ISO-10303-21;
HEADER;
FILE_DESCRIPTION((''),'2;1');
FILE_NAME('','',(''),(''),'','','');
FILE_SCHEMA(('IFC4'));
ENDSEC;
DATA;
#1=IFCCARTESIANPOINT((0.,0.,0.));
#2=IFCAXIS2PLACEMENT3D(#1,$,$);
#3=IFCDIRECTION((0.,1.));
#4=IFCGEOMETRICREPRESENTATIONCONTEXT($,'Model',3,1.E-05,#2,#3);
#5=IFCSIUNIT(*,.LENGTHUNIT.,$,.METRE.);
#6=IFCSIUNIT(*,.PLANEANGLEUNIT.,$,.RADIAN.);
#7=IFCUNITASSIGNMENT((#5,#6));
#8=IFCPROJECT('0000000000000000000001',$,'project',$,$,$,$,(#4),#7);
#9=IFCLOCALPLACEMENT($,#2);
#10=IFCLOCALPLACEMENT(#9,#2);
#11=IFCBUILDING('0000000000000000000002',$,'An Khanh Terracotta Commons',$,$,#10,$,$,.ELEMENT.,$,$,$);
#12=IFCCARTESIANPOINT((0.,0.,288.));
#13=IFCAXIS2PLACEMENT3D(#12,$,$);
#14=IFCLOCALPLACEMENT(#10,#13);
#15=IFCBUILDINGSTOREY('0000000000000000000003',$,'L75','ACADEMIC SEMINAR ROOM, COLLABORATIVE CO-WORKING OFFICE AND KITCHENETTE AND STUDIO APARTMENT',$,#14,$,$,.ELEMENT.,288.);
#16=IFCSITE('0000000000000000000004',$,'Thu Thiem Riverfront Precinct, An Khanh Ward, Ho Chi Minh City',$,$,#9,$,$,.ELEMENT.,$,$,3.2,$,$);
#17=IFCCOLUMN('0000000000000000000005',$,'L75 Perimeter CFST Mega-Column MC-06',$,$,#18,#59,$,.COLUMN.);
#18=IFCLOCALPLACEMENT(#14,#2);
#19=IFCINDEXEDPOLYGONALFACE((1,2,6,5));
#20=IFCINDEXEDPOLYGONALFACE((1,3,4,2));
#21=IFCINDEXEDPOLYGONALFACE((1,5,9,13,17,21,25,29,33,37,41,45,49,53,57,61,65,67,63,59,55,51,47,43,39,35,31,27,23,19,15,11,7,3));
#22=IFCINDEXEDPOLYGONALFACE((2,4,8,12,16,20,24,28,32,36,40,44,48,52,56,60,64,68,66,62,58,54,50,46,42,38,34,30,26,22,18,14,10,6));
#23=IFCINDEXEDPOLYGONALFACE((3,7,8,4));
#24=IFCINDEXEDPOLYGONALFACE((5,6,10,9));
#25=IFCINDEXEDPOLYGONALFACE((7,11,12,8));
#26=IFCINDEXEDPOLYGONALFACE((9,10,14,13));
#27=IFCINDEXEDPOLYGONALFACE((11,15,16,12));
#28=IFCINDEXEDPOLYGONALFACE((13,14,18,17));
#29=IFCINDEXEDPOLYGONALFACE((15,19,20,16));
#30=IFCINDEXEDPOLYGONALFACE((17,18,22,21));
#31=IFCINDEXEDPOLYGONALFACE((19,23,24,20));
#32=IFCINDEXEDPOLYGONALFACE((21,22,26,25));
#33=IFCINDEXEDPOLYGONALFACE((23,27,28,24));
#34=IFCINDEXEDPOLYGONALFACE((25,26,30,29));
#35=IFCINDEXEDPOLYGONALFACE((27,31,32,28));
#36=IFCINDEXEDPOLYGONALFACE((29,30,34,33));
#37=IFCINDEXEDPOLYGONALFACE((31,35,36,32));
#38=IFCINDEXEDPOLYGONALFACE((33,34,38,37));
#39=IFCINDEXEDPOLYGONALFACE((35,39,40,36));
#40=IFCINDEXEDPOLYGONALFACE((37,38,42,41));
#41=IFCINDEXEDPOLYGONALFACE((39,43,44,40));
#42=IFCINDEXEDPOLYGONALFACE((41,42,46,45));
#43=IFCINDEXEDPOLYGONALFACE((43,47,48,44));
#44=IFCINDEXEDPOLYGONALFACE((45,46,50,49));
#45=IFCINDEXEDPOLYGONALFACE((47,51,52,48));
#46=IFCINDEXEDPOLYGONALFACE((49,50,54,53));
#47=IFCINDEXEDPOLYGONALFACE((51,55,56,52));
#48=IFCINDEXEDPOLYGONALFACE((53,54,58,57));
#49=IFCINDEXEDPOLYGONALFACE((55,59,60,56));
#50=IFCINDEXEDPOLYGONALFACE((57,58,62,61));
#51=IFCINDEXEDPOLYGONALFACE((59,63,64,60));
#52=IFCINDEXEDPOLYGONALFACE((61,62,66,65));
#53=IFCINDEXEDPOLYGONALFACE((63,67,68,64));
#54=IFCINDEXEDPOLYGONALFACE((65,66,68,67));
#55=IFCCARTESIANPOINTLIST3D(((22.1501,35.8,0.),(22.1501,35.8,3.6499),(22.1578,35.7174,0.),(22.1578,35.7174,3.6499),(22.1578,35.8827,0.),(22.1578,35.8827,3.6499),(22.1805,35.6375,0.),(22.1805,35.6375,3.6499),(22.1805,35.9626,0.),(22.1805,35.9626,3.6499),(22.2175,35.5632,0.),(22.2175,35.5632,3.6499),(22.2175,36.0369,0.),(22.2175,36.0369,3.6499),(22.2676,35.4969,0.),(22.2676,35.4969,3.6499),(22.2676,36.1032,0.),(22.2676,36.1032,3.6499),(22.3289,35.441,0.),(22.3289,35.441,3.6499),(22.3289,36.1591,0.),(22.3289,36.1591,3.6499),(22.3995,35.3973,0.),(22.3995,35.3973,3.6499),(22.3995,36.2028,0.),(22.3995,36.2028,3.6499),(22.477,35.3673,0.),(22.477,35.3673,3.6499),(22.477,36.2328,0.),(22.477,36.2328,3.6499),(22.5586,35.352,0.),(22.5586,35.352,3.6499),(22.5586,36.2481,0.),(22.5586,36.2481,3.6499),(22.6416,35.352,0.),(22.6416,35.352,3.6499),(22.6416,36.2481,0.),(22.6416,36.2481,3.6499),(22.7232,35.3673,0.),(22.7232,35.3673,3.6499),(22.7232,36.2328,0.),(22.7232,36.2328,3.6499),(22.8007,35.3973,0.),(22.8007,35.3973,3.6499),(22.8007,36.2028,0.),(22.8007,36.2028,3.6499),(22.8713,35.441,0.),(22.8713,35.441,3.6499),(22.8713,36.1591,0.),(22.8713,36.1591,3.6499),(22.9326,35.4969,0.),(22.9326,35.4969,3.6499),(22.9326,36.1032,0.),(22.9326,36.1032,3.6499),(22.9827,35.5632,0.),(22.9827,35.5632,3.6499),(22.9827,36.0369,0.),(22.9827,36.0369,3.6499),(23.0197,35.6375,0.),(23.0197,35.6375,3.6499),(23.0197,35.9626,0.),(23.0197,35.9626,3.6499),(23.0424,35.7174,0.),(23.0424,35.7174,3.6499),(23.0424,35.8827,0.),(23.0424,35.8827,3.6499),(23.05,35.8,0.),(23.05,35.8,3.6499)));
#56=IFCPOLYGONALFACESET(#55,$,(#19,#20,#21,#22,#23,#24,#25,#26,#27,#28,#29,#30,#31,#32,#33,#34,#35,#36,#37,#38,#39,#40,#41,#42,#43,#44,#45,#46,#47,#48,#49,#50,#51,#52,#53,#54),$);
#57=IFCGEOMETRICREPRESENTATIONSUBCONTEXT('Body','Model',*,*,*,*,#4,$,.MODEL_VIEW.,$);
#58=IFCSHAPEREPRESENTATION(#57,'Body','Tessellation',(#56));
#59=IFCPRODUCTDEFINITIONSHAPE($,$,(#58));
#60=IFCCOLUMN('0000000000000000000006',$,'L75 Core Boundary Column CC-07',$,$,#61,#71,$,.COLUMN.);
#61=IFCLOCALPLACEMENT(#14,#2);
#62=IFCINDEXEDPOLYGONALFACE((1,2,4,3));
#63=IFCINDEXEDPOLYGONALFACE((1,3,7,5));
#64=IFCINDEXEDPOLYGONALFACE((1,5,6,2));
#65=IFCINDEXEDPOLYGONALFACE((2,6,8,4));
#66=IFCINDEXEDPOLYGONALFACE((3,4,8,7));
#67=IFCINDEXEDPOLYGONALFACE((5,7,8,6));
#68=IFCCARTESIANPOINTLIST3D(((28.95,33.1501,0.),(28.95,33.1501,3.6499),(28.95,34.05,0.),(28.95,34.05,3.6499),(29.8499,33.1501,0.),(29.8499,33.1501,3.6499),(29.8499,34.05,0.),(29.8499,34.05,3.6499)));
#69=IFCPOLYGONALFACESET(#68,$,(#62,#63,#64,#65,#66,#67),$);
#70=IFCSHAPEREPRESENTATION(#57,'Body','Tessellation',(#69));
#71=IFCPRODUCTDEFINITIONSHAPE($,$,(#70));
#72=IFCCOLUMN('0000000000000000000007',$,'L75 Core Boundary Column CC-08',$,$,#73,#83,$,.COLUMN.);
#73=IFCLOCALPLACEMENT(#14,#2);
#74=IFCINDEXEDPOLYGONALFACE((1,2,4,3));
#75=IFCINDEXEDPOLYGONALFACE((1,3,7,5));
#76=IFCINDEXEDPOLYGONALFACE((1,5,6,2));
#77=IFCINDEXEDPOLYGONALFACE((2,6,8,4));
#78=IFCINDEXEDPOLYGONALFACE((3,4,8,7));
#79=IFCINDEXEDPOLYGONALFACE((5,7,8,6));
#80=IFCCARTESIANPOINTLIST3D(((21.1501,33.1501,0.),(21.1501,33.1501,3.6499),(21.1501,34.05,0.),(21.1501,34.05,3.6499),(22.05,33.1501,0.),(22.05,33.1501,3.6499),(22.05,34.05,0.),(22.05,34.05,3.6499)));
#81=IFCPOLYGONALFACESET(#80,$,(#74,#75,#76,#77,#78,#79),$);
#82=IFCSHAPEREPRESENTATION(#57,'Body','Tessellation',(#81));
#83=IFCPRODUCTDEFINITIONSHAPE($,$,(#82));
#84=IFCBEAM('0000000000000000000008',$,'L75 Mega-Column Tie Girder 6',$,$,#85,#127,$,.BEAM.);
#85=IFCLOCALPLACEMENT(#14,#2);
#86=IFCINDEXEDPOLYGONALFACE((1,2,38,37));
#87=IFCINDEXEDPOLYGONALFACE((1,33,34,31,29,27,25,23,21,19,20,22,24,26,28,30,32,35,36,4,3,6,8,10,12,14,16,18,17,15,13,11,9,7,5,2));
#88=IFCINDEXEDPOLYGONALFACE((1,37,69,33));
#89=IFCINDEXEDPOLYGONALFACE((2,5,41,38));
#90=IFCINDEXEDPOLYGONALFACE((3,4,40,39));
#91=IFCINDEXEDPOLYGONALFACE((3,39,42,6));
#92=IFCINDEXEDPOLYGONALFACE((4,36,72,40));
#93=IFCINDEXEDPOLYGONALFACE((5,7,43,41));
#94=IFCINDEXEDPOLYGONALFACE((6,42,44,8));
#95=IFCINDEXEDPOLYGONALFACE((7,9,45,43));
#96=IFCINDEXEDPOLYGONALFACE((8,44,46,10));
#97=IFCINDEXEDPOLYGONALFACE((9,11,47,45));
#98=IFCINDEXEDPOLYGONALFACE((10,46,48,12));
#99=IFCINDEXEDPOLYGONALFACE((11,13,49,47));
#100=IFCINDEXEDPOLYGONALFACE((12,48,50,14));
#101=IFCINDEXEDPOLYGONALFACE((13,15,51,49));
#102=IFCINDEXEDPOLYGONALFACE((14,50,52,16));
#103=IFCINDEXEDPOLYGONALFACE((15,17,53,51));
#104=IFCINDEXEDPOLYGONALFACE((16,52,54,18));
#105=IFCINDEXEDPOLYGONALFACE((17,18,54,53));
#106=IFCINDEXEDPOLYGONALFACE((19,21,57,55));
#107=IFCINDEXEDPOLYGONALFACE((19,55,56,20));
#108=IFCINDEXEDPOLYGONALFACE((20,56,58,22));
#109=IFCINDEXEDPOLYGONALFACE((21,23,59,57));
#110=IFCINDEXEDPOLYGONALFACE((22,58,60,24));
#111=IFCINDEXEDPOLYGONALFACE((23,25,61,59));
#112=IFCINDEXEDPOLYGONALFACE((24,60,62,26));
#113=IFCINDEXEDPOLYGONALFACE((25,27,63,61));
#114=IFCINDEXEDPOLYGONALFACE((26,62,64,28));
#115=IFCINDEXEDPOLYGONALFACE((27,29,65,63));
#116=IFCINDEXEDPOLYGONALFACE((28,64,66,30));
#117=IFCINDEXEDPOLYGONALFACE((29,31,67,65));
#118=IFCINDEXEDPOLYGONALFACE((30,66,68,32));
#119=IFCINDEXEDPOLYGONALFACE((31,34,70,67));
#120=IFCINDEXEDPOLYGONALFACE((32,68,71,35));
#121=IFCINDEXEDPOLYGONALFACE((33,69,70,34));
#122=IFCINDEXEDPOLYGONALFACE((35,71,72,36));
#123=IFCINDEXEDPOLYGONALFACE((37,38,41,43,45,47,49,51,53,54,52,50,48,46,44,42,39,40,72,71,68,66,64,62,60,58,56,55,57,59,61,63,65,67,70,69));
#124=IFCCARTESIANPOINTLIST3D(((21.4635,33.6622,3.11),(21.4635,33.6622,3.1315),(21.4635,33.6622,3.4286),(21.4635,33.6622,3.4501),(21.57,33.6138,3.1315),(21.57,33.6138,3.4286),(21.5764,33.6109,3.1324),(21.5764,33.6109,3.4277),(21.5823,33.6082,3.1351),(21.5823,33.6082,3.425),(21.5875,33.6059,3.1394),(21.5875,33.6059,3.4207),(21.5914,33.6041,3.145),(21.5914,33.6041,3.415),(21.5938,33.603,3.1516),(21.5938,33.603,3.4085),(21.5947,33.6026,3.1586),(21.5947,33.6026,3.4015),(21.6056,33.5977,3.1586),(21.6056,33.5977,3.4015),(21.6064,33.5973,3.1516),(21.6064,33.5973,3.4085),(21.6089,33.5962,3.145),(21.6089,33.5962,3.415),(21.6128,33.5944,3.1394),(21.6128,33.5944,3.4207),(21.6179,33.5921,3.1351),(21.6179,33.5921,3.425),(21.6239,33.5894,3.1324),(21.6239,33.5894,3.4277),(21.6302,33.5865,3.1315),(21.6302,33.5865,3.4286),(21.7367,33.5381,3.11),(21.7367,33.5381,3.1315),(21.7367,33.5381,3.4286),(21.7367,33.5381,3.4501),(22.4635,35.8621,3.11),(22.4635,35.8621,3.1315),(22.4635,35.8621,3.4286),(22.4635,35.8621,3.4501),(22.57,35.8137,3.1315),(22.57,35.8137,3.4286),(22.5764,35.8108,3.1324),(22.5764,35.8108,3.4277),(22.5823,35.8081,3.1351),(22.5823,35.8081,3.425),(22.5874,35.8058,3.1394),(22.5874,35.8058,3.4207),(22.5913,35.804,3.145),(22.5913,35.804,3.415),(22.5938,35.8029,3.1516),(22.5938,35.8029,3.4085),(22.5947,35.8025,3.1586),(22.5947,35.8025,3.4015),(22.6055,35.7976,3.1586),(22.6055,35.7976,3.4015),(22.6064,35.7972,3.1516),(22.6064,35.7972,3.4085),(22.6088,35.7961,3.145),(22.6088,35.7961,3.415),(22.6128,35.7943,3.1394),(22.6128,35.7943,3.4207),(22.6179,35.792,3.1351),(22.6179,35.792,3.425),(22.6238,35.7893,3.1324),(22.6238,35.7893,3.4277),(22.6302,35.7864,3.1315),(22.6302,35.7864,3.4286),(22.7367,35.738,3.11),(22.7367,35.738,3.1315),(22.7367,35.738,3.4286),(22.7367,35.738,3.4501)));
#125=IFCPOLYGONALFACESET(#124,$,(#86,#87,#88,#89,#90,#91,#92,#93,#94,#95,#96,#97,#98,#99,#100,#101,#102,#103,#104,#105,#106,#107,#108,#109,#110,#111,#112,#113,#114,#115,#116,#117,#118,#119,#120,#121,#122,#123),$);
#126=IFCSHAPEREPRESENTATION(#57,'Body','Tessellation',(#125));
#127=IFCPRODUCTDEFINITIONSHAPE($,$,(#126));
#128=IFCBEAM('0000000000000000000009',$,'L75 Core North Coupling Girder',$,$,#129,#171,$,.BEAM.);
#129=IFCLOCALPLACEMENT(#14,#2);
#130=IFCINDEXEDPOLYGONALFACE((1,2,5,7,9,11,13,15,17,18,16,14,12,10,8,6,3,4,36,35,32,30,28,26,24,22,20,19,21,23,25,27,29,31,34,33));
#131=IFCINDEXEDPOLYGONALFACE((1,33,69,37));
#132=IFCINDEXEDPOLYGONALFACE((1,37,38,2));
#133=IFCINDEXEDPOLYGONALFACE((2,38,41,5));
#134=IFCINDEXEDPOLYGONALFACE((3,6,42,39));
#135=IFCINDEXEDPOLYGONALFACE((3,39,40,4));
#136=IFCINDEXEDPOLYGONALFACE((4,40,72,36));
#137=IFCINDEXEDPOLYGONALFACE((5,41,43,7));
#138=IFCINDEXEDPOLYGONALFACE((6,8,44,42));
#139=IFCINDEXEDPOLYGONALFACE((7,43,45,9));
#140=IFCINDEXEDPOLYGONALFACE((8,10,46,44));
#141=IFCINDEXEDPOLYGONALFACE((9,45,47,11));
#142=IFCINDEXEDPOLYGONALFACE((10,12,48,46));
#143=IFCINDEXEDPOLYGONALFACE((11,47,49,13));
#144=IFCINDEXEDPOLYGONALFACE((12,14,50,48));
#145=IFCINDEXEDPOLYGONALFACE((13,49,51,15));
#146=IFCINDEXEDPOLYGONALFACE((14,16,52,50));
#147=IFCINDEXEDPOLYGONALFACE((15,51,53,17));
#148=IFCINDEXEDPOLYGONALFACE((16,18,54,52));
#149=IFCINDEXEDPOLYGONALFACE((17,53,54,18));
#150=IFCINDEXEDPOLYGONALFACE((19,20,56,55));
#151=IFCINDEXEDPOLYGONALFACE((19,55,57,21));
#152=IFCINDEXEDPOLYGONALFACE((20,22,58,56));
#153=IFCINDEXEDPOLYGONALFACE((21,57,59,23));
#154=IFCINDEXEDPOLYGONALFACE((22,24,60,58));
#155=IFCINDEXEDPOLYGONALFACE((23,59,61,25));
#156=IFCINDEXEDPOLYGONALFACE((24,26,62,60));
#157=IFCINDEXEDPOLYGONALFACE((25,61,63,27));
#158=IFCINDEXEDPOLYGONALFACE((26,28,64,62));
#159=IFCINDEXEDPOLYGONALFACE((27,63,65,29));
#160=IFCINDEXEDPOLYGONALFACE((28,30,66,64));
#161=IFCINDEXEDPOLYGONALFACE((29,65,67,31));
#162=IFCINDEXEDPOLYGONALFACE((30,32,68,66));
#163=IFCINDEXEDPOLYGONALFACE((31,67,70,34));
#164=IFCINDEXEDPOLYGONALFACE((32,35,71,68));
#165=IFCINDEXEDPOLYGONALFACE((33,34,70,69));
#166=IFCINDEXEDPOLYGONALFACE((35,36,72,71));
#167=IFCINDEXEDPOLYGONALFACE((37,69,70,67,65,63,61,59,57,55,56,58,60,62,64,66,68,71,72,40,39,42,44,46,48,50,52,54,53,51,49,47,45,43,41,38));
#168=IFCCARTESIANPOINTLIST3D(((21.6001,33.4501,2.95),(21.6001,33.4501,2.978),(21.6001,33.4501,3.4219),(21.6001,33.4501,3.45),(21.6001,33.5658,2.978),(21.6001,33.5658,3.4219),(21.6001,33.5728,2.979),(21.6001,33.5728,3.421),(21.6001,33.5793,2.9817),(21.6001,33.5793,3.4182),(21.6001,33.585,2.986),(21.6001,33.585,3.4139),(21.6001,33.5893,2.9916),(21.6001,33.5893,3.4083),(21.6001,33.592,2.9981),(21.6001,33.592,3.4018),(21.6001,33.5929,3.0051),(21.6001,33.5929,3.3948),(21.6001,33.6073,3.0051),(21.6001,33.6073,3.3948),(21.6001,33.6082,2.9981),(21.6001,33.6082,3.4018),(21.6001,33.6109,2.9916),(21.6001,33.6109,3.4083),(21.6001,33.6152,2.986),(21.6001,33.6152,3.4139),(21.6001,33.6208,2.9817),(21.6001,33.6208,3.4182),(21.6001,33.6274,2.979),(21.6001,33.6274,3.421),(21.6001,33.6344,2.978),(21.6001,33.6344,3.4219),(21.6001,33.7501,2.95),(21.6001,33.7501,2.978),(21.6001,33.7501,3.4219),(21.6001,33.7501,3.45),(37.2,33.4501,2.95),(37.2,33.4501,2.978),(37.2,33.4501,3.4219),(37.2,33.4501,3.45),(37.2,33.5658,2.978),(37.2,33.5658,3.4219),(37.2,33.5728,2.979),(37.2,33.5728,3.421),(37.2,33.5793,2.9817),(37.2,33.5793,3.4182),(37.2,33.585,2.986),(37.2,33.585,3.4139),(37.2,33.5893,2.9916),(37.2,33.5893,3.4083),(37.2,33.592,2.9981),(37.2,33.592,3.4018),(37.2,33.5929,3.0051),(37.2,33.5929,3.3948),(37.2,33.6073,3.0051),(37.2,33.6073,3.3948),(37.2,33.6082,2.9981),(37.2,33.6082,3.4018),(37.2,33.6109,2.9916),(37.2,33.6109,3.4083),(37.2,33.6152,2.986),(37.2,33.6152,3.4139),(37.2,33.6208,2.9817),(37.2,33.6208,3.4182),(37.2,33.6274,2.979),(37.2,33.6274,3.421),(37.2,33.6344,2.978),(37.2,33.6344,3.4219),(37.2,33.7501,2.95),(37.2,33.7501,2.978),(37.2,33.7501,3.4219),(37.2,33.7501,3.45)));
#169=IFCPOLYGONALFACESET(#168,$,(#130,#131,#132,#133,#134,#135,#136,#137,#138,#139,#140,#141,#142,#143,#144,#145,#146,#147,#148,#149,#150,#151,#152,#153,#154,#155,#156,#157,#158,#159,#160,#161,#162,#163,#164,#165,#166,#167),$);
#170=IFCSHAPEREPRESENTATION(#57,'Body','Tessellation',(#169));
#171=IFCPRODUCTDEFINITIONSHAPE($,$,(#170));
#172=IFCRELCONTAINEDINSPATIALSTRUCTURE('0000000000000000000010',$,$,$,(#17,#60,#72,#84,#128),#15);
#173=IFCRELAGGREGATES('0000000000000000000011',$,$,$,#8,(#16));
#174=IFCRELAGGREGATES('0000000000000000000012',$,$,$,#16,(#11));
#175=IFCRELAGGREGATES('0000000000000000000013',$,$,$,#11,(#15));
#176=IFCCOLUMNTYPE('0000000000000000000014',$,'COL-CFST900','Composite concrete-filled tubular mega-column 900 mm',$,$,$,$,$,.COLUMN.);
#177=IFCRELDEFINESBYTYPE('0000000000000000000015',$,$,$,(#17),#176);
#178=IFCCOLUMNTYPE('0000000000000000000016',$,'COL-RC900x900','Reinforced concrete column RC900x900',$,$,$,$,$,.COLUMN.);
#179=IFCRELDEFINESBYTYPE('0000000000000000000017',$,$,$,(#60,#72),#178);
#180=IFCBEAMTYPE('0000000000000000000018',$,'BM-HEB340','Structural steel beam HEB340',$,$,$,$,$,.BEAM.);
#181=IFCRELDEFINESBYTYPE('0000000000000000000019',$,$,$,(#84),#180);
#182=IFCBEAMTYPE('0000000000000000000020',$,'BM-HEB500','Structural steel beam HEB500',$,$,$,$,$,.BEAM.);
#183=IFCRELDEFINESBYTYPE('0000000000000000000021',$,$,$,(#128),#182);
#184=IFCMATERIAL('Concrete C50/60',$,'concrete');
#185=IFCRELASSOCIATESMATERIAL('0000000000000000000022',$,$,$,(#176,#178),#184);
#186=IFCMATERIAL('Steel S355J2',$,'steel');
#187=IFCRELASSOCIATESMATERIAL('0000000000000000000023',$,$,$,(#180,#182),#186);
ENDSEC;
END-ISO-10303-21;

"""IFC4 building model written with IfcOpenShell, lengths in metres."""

from ifc_helpers import new_model, si_unit, direction, frame, origin, origin_2d, place, context, subcontext, project, spatial, rectangle, circle, i_section, extrude, material, material_profile, profile_set, type_object, element, save


model = new_model("IFC4")

# Units and contexts
model_context = context("Model", 3, precision=1e-05, world=origin(), true_north=direction((0.0, 1.0)))
body_context = subcontext(model_context, "Body", "Model", "MODEL_VIEW")
ifc_project = project(units=[si_unit("LENGTHUNIT", "METRE"), si_unit("PLANEANGLEUNIT", "RADIAN")], contexts=[model_context])

# Site, building, storey
site_placement = place(None, origin())
site = spatial("IfcSite", under=ifc_project, at=site_placement, Name="Thu Thiem Riverfront Precinct, An Khanh Ward, Ho Chi Minh City", CompositionType="ELEMENT", RefElevation=3.2)
building_placement = place(site_placement, origin())
building = spatial("IfcBuilding", under=site, at=building_placement, Name="An Khanh Terracotta Commons", CompositionType="ELEMENT")
storey_placement = place(building_placement, frame((0.0, 0.0, 288.0)))
storey = spatial("IfcBuildingStorey", under=building, at=storey_placement, Name="L75", Description="ACADEMIC SEMINAR ROOM, COLLABORATIVE CO-WORKING OFFICE AND KITCHENETTE AND STUDIO APARTMENT", CompositionType="ELEMENT", Elevation=288.0)

# Columns
ifc_material_1 = material(Name="Concrete C50/60", Category="concrete")
ifc_material_profile_1 = material_profile(ifc_material_1, circle(Radius=0.45, at=origin_2d()), Name="CFST900")
ifc_profile_set_1 = profile_set([ifc_material_profile_1], Name="Concrete C50/60")
column_type_1 = type_object("IfcColumnType", Name="COL-CFST900", Description="Composite concrete-filled tubular mega-column 900 mm", PredefinedType="COLUMN", material=ifc_profile_set_1)
column_placement = place(storey_placement, frame((22.6001, 35.8, 0.0), z_axis=(0.0, 0.0, 1.0), x_axis=(1.0, 0.0, 0.0)))
element("IfcColumn", 1, at=column_placement, inside=storey, type_object=column_type_1, Name="L75 Perimeter CFST Mega-Column MC-06", PredefinedType="COLUMN", context=body_context, shape_type="SweptSolid", body=[
    extrude(circle(Radius=0.45, at=origin_2d()), origin(), (0.0, 0.0, 1.0), 3.6499),
])
ifc_material_profile_2 = material_profile(ifc_material_1, rectangle(XDim=0.8999, YDim=0.8999, at=origin_2d()), Name="RC900x900")
ifc_profile_set_2 = profile_set([ifc_material_profile_2], Name="Concrete C50/60")
column_type_2 = type_object("IfcColumnType", Name="COL-RC900x900", Description="Reinforced concrete column RC900x900", PredefinedType="COLUMN", material=ifc_profile_set_2)
for number, where, z_axis, x_axis, name in (
    (2, (29.3999, 33.6001, 0.0), (0.0, 0.0, 1.0), (1.0, 0.0, 0.0), "L75 Core Boundary Column CC-07"),
    (3, (21.6001, 33.6001, 0.0), (0.0, 0.0, 1.0), (1.0, 0.0, 0.0), "L75 Core Boundary Column CC-08"),
):
    element("IfcColumn", number, at=place(storey_placement, frame(where, z_axis=z_axis, x_axis=x_axis)), inside=storey, type_object=column_type_2, Name=name, PredefinedType="COLUMN", context=body_context, shape_type="SweptSolid", body=[
        extrude(rectangle(XDim=0.8999, YDim=0.8999, at=origin_2d()), origin(), (0.0, 0.0, 1.0), 3.6499),
    ])

# Beams
ifc_material_2 = material(Name="Steel S355J2", Category="steel")
ifc_material_profile_3 = material_profile(ifc_material_2, i_section(OverallWidth=0.3, OverallDepth=0.3401, WebThickness=0.012, FlangeThickness=0.0215, FilletRadius=0.0271, at=origin_2d()), Name="HEB340")
ifc_profile_set_3 = profile_set([ifc_material_profile_3], Name="Steel S355J2")
beam_type_1 = type_object("IfcBeamType", Name="BM-HEB340", Description="Structural steel beam HEB340", PredefinedType="BEAM", material=ifc_profile_set_3)
beam_1_placement = place(storey_placement, frame((22.6001, 35.8, 3.28), z_axis=(-0.413811, -0.910363, 0.0), x_axis=(0.910363, -0.413811, 0.0)))
element("IfcBeam", 4, at=beam_1_placement, inside=storey, type_object=beam_type_1, Name="L75 Mega-Column Tie Girder 6", PredefinedType="BEAM", context=body_context, shape_type="SweptSolid", body=[
    extrude(i_section(OverallWidth=0.3, OverallDepth=0.3401, WebThickness=0.012, FlangeThickness=0.0215, FilletRadius=0.0271, at=origin_2d()), origin(), (0.0, 0.0, 1.0), 2.4165),
])
ifc_material_profile_4 = material_profile(ifc_material_2, i_section(OverallWidth=0.3, OverallDepth=0.5, WebThickness=0.0144, FlangeThickness=0.0281, FilletRadius=0.0271, at=origin_2d()), Name="HEB500")
ifc_profile_set_4 = profile_set([ifc_material_profile_4], Name="Steel S355J2")
beam_type_2 = type_object("IfcBeamType", Name="BM-HEB500", Description="Structural steel beam HEB500", PredefinedType="BEAM", material=ifc_profile_set_4)
beam_2_placement = place(storey_placement, frame((21.6001, 33.6001, 3.2), z_axis=(1.0, 0.0, 0.0), x_axis=(0.0, 1.0, 0.0)))
element("IfcBeam", 5, at=beam_2_placement, inside=storey, type_object=beam_type_2, Name="L75 Core North Coupling Girder", PredefinedType="BEAM", context=body_context, shape_type="SweptSolid", body=[
    extrude(i_section(OverallWidth=0.3, OverallDepth=0.5, WebThickness=0.0144, FlangeThickness=0.0281, FilletRadius=0.0271, at=origin_2d()), origin(), (0.0, 0.0, 1.0), 15.5999),
])

save(model, "model.ifc")
